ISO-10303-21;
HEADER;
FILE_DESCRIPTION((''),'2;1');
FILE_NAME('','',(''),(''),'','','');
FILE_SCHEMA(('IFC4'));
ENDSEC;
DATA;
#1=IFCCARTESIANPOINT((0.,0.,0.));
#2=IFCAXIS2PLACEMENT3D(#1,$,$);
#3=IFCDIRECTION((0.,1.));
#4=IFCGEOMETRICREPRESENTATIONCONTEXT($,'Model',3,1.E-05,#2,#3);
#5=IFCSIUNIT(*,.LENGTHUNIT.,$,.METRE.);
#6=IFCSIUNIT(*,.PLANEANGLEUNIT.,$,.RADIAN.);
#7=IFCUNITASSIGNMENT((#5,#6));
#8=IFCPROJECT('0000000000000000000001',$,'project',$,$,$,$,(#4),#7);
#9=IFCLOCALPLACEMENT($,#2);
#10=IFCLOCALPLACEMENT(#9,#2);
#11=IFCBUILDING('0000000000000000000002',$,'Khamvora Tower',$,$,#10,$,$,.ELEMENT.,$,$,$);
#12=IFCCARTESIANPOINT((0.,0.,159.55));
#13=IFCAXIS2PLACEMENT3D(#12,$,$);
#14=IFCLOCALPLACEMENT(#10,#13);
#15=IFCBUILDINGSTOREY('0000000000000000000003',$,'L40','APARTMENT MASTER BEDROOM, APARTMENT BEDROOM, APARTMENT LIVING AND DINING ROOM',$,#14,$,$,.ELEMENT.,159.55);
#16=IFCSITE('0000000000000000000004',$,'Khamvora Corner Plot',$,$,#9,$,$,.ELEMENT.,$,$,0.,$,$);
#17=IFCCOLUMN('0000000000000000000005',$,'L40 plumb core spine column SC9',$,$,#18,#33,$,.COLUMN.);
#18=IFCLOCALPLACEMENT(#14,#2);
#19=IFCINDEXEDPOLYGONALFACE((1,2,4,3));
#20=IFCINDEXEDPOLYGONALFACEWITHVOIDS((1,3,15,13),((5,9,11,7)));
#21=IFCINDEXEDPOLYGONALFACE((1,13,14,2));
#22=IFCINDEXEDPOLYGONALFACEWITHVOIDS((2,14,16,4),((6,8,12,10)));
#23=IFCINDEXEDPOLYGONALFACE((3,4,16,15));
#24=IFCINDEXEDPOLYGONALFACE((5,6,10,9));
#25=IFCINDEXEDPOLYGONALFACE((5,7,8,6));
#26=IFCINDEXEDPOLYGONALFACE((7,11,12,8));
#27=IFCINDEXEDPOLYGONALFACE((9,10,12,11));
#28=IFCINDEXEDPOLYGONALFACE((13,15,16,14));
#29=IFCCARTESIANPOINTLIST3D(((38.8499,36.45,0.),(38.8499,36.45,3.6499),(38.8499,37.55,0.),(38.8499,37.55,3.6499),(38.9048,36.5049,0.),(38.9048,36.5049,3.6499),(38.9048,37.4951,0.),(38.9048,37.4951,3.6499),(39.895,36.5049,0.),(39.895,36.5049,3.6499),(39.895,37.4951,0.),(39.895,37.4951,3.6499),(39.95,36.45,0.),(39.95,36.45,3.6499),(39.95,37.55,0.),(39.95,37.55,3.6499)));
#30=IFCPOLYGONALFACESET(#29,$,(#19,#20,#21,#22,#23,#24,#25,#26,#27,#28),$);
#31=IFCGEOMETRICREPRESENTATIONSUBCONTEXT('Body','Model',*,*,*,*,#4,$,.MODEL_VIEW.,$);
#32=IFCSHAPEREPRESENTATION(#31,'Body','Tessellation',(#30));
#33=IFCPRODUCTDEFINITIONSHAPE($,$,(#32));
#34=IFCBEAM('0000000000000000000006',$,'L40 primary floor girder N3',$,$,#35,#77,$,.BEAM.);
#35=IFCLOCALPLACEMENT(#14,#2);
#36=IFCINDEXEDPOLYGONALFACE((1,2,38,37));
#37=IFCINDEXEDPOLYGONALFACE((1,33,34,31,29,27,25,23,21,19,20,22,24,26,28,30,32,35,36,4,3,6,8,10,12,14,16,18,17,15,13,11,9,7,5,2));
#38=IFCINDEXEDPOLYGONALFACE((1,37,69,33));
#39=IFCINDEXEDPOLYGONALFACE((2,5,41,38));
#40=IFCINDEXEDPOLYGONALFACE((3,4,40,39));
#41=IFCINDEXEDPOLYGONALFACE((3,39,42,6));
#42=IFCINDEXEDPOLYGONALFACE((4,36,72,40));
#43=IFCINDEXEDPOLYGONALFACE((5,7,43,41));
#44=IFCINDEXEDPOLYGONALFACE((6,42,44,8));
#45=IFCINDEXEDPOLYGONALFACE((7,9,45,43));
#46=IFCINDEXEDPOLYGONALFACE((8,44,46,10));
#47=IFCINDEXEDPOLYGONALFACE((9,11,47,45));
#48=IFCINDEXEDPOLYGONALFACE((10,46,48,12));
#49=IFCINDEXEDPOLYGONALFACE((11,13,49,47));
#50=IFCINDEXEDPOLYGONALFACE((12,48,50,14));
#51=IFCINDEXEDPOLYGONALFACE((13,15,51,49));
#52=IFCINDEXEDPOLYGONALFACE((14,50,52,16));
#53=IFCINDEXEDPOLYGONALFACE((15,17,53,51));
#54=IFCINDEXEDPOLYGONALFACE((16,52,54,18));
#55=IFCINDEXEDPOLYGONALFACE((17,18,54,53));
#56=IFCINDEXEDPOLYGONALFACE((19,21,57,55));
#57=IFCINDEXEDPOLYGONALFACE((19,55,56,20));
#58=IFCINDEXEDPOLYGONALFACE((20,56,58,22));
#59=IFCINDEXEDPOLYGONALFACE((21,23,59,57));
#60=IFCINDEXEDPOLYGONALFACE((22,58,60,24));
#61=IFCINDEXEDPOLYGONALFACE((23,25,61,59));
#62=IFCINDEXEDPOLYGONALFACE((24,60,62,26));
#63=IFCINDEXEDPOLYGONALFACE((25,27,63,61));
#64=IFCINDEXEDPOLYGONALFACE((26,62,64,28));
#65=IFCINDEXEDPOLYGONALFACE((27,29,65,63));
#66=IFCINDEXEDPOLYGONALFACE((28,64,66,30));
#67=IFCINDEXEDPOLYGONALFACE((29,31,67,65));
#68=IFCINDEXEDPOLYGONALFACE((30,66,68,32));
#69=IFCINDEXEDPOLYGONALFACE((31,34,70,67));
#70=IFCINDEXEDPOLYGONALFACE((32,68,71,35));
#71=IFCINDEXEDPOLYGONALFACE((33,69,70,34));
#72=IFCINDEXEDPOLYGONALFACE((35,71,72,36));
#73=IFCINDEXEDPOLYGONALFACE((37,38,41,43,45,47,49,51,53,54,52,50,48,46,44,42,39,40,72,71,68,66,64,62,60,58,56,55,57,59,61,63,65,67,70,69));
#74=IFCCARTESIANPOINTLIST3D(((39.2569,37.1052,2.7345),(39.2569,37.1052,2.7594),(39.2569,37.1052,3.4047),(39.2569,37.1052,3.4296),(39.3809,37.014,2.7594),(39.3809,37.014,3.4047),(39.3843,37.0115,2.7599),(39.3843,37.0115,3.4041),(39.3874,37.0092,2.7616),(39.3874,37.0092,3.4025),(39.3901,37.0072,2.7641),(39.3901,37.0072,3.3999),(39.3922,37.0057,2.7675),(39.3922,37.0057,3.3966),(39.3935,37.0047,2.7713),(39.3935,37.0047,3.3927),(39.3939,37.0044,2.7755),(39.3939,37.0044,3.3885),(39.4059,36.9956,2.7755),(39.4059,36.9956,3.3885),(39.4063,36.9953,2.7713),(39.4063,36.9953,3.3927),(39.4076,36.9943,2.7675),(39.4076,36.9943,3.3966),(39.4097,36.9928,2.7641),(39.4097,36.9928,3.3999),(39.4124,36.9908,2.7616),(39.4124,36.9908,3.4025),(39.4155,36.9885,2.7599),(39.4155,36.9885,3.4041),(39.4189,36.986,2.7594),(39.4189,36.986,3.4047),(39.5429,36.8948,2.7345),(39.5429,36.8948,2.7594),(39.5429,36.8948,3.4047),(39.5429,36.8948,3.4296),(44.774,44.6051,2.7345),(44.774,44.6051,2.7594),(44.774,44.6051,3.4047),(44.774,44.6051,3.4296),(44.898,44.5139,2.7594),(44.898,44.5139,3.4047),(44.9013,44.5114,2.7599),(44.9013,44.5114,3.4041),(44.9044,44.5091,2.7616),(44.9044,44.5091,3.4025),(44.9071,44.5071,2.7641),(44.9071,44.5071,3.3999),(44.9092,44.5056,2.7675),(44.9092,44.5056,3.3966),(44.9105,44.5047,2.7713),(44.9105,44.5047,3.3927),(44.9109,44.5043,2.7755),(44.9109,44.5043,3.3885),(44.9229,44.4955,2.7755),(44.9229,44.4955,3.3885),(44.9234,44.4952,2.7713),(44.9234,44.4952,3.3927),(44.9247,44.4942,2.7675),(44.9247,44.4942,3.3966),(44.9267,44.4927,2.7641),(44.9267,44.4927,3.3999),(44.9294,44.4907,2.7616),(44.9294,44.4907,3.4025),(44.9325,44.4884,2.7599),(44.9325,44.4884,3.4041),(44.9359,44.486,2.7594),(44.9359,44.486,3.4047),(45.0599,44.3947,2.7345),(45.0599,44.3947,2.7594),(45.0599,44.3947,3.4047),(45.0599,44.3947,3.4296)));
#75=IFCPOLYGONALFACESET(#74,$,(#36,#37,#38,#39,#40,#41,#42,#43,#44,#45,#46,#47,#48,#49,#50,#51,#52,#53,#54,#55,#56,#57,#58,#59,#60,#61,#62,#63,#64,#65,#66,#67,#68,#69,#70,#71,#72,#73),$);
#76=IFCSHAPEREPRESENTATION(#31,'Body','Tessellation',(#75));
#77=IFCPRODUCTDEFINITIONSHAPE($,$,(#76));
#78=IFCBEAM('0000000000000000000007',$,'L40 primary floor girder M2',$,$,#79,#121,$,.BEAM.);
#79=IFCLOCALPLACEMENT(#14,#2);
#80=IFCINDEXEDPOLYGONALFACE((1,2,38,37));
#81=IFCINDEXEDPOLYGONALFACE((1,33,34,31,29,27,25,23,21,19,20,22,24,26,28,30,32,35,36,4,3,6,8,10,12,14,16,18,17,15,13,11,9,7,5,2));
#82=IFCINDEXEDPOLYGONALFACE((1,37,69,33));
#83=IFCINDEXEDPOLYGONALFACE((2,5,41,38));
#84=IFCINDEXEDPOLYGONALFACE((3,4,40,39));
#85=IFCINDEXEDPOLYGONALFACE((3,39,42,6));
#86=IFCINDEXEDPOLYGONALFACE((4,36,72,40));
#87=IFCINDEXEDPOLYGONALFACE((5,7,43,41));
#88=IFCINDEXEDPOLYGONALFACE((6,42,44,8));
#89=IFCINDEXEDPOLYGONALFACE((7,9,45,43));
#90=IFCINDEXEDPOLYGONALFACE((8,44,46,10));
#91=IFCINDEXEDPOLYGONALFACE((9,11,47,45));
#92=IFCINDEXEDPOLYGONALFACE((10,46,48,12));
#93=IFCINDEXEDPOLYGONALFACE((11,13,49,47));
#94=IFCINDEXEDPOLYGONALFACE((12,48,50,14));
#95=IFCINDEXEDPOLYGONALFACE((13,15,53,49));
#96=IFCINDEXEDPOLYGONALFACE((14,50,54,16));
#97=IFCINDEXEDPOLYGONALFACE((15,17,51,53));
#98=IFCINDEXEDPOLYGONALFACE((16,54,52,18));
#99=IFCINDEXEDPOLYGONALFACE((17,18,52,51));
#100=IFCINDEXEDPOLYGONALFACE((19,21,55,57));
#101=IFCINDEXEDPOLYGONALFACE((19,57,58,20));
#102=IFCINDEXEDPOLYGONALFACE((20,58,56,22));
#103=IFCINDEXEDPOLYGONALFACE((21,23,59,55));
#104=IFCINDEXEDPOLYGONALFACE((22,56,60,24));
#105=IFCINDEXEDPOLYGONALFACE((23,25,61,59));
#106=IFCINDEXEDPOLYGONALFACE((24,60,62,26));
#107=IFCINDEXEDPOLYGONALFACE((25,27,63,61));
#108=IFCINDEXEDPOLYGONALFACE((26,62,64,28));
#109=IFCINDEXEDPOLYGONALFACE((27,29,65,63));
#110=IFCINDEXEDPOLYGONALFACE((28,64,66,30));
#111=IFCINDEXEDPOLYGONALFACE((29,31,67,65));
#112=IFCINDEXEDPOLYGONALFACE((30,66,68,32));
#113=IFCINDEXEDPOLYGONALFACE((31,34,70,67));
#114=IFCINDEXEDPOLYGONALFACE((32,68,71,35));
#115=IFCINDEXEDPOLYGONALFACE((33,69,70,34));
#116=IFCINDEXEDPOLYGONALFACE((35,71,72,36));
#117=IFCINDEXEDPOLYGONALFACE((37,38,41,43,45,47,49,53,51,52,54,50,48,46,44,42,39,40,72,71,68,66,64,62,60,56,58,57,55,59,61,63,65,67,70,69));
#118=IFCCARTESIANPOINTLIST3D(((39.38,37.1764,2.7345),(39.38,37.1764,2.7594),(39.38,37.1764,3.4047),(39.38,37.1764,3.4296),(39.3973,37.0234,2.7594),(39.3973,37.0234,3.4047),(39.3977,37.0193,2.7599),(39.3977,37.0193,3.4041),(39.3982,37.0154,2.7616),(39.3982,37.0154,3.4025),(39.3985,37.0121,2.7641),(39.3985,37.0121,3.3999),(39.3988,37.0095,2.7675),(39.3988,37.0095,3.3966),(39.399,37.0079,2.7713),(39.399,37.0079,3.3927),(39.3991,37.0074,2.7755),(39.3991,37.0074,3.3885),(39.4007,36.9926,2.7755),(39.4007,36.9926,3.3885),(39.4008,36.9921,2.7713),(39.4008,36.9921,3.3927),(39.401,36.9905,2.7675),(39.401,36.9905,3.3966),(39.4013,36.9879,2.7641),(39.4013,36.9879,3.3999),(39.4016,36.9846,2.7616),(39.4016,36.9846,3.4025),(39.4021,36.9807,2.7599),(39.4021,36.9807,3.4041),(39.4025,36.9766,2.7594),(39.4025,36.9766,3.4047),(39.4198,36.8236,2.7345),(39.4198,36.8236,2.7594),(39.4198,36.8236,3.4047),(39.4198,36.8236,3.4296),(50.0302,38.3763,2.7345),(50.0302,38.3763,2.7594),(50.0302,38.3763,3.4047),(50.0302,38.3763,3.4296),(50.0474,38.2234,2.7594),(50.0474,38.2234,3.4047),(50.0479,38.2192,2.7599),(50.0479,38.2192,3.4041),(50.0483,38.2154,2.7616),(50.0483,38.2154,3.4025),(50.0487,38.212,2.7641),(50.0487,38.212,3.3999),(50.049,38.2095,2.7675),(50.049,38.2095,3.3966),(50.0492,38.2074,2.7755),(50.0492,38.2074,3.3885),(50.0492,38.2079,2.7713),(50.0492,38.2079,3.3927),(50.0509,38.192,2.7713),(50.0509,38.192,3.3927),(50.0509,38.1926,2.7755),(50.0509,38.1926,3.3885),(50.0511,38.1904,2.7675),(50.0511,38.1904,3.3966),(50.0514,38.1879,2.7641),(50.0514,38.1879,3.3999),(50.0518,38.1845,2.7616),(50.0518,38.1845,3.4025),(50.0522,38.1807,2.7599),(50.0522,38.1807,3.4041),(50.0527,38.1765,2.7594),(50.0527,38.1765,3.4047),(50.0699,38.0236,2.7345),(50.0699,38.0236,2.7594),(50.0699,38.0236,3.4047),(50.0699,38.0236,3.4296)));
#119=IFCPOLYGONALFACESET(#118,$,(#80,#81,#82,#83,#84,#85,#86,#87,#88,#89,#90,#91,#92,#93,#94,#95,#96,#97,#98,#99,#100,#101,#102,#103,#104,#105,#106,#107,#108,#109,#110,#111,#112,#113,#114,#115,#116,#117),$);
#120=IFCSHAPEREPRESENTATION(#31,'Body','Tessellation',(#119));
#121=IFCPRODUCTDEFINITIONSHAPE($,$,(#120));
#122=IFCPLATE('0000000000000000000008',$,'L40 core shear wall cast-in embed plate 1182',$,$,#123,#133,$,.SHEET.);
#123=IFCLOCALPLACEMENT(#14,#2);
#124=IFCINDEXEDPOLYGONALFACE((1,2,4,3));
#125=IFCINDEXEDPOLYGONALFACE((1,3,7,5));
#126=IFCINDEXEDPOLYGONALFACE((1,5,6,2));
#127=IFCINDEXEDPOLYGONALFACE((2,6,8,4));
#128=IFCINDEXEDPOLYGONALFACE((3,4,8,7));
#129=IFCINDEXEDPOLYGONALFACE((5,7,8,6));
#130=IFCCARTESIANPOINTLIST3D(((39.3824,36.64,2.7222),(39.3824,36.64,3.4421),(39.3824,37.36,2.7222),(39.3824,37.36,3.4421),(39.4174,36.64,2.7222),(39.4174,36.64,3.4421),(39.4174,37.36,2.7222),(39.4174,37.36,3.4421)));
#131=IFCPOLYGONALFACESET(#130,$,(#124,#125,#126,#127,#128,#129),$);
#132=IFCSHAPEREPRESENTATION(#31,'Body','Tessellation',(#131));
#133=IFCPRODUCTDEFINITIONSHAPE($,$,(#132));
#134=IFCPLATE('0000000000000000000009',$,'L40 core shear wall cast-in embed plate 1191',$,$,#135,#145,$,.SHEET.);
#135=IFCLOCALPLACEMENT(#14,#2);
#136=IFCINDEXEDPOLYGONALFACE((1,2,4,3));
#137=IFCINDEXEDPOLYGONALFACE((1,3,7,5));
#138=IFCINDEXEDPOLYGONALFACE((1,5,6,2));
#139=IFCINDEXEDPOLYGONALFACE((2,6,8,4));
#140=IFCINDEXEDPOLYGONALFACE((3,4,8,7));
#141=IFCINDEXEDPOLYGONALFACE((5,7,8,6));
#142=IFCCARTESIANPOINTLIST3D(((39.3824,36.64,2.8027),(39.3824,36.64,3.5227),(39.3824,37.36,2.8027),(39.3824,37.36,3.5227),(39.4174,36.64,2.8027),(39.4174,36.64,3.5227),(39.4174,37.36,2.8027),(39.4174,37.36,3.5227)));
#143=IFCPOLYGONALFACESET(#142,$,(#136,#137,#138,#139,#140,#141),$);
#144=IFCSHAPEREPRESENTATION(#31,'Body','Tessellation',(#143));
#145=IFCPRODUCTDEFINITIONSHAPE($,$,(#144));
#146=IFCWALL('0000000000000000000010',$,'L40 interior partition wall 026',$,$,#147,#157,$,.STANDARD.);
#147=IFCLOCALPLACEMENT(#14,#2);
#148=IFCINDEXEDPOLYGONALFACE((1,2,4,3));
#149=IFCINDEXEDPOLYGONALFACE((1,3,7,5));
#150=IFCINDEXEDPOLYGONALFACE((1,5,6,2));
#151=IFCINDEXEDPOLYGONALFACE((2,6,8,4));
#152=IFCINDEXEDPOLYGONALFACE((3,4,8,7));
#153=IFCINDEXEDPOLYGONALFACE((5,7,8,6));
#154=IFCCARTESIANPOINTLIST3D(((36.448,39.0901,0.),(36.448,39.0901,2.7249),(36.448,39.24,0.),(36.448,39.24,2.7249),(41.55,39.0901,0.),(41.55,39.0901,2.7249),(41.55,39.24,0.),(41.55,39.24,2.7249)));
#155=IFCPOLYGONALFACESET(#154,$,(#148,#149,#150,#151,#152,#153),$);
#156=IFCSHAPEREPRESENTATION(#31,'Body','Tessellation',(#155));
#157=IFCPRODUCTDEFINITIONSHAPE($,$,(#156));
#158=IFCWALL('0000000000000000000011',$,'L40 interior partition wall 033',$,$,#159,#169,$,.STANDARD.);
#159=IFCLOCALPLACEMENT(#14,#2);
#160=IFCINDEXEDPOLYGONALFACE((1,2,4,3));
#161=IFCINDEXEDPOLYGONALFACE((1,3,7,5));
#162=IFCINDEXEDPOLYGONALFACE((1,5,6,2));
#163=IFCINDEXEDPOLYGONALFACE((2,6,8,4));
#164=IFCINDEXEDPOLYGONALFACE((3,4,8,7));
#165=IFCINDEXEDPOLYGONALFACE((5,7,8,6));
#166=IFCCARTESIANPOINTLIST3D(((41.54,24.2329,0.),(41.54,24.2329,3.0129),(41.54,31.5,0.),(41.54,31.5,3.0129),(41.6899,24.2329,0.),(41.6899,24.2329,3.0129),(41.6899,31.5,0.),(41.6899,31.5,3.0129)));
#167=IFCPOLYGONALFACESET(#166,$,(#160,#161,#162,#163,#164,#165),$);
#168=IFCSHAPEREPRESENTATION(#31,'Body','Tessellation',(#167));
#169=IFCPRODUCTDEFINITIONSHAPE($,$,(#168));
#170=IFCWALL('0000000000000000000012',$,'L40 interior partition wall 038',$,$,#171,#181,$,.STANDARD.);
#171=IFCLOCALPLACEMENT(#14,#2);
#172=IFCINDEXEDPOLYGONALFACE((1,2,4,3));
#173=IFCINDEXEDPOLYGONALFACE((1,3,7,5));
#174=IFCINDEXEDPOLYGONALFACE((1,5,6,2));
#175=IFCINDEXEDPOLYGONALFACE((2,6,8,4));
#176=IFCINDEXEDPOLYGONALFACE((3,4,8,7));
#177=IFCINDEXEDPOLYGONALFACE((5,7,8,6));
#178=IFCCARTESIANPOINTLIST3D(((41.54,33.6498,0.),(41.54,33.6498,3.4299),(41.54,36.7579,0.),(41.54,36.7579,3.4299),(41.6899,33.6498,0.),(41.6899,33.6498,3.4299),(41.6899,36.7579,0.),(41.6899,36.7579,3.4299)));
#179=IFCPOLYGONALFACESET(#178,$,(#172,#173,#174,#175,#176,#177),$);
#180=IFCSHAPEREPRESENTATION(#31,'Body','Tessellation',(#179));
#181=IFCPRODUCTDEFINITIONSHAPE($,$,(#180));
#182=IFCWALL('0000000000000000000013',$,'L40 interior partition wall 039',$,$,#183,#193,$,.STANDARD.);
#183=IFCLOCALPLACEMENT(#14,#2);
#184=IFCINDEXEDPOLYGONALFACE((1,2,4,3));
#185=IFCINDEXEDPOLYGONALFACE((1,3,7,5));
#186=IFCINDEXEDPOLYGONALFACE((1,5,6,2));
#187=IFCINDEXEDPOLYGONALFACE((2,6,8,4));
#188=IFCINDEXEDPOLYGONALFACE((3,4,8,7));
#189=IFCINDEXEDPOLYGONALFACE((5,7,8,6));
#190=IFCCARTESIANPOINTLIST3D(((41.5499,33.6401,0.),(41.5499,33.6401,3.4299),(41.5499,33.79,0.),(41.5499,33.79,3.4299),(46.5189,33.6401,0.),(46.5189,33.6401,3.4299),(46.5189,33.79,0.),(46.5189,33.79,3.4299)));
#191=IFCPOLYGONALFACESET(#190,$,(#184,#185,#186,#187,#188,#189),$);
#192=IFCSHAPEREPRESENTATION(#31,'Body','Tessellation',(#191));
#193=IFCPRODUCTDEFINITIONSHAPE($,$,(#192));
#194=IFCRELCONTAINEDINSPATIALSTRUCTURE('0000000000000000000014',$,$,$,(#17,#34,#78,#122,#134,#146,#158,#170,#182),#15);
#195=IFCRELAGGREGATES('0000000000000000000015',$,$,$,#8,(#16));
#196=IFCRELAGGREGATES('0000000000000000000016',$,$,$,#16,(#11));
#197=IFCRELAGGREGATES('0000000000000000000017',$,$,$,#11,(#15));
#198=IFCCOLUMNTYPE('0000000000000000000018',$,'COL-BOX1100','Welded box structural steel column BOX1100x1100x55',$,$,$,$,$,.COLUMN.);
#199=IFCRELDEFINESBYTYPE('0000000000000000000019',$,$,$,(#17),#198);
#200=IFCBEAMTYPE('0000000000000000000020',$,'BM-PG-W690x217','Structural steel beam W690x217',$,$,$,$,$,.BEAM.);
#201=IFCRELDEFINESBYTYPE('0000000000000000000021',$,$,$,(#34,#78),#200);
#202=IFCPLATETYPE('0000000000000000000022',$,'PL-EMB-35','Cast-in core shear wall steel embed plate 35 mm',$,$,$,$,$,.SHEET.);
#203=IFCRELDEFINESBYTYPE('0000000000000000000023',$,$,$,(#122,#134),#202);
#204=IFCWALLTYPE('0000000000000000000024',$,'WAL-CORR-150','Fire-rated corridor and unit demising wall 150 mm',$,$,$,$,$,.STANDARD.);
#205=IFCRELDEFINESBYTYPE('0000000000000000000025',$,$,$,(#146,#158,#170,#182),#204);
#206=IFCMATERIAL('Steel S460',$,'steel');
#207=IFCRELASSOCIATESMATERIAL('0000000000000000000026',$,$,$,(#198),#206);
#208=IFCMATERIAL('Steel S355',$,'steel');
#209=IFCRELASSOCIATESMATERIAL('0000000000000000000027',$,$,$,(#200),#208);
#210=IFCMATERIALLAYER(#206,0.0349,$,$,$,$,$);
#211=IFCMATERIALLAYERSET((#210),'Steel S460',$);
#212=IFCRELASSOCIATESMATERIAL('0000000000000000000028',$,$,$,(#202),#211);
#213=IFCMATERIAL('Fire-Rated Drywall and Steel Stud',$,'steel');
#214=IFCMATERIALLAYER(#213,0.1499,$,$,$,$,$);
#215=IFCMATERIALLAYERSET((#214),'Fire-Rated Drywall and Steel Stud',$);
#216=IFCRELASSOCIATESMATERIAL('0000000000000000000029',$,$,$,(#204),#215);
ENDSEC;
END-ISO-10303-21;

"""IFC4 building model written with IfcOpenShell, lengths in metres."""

from ifc_helpers import new_model, si_unit, direction, frame, frame_2d, origin, origin_2d, place, context, subcontext, project, spatial, rectangle, hollow_rectangle, i_section, extrude, material, layer, layer_set, material_profile, profile_set, type_object, element, save


model = new_model("IFC4")

# Units and contexts
model_context = context("Model", 3, precision=1e-05, world=origin(), true_north=direction((0.0, 1.0)))
body_context = subcontext(model_context, "Body", "Model", "MODEL_VIEW")
ifc_project = project(units=[si_unit("LENGTHUNIT", "METRE"), si_unit("PLANEANGLEUNIT", "RADIAN")], contexts=[model_context])

# Site, building, storey
site_placement = place(None, origin())
site = spatial("IfcSite", under=ifc_project, at=site_placement, Name="Khamvora Corner Plot", CompositionType="ELEMENT", RefElevation=0.0)
building_placement = place(site_placement, origin())
building = spatial("IfcBuilding", under=site, at=building_placement, Name="Khamvora Tower", CompositionType="ELEMENT")
storey_placement = place(building_placement, frame((0.0, 0.0, 159.55)))
storey = spatial("IfcBuildingStorey", under=building, at=storey_placement, Name="L40", Description="APARTMENT MASTER BEDROOM, APARTMENT BEDROOM, APARTMENT LIVING AND DINING ROOM", CompositionType="ELEMENT", Elevation=159.55)

# Column
ifc_material_1 = material(Name="Steel S460", Category="steel")
ifc_material_profile_1 = material_profile(ifc_material_1, hollow_rectangle(XDim=1.1001, YDim=1.1001, WallThickness=0.0549, at=origin_2d()), Name="BOX1100x1100x55")
ifc_profile_set_1 = profile_set([ifc_material_profile_1], Name="Steel S460")
column_type = type_object("IfcColumnType", Name="COL-BOX1100", Description="Welded box structural steel column BOX1100x1100x55", PredefinedType="COLUMN", material=ifc_profile_set_1)
column_placement = place(storey_placement, frame((39.3999, 37.0, 0.0), z_axis=(0.0, 0.0, 1.0), x_axis=(1.0, 0.0, 0.0)))
element("IfcColumn", 1, at=column_placement, inside=storey, type_object=column_type, Name="L40 plumb core spine column SC9", PredefinedType="COLUMN", context=body_context, shape_type="SweptSolid", body=[
    extrude(hollow_rectangle(XDim=1.1001, YDim=1.1001, WallThickness=0.0549, at=origin_2d()), origin(), (0.0, 0.0, 1.0), 3.6499),
])

# Beams
ifc_material_2 = material(Name="Steel S355", Category="steel")
ifc_material_profile_2 = material_profile(ifc_material_2, i_section(OverallWidth=0.355, OverallDepth=0.6951, WebThickness=0.0149, FlangeThickness=0.0249, FilletRadius=0.0161, at=origin_2d()), Name="W690x217")
ifc_profile_set_2 = profile_set([ifc_material_profile_2], Name="Steel S355")
beam_type = type_object("IfcBeamType", Name="BM-PG-W690x217", Description="Structural steel beam W690x217", PredefinedType="BEAM", material=ifc_profile_set_2)
beam_1_placement = place(storey_placement, frame((39.3999, 37.0, 3.082), z_axis=(0.592557, 0.805529, 0.0), x_axis=(-0.805529, 0.592557, 0.0)))
element("IfcBeam", 2, at=beam_1_placement, inside=storey, type_object=beam_type, Name="L40 primary floor girder N3", PredefinedType="BEAM", context=body_context, shape_type="SweptSolid", body=[
    extrude(i_section(OverallWidth=0.355, OverallDepth=0.6951, WebThickness=0.0149, FlangeThickness=0.0249, FilletRadius=0.0161, at=origin_2d()), origin(), (0.0, 0.0, 1.0), 9.3105),
])
beam_2_placement = place(storey_placement, frame((39.3999, 37.0, 3.082), z_axis=(0.993713, 0.111962, 0.0), x_axis=(-0.111962, 0.993713, 0.0)))
element("IfcBeam", 3, at=beam_2_placement, inside=storey, type_object=beam_type, Name="L40 primary floor girder M2", PredefinedType="BEAM", context=body_context, shape_type="SweptSolid", body=[
    extrude(i_section(OverallWidth=0.355, OverallDepth=0.6951, WebThickness=0.0149, FlangeThickness=0.0249, FilletRadius=0.0161, at=origin_2d()), origin(), (0.0, 0.0, 1.0), 10.7175),
])

# Plates
ifc_layer_1 = layer(ifc_material_1, 0.0349)
ifc_layer_set_1 = layer_set([ifc_layer_1], Name="Steel S460")
plate_type = type_object("IfcPlateType", Name="PL-EMB-35", Description="Cast-in core shear wall steel embed plate 35 mm", PredefinedType="SHEET", material=ifc_layer_set_1)
for number, where, z_axis, x_axis, name in (
    (4, (39.3999, 37.0, 2.7222), (0.0, 0.0, 1.0), (1.0, 0.0, 0.0), "L40 core shear wall cast-in embed plate 1182"),
    (5, (39.3999, 37.0, 2.8027), (0.0, 0.0, 1.0), (1.0, 0.0, 0.0), "L40 core shear wall cast-in embed plate 1191"),
):
    element("IfcPlate", number, at=place(storey_placement, frame(where, z_axis=z_axis, x_axis=x_axis)), inside=storey, type_object=plate_type, Name=name, PredefinedType="SHEET", context=body_context, shape_type="SweptSolid", body=[
        extrude(rectangle(XDim=0.0349, YDim=0.72, at=origin_2d()), origin(), (0.0, 0.0, 1.0), 0.72),
    ])

# Walls
ifc_material_3 = material(Name="Fire-Rated Drywall and Steel Stud", Category="steel")
ifc_layer_2 = layer(ifc_material_3, 0.1499)
ifc_layer_set_2 = layer_set([ifc_layer_2], Name="Fire-Rated Drywall and Steel Stud")
wall_type_1 = type_object("IfcWallType", Name="WAL-CORR-150", Description="Fire-rated corridor and unit demising wall 150 mm", PredefinedType="STANDARD", material=ifc_layer_set_2)
wall_1_placement = place(storey_placement, frame((36.448, 39.165, 0.0), z_axis=(0.0, 0.0, 1.0), x_axis=(1.0, 0.0, 0.0)))
element("IfcWall", 6, at=wall_1_placement, inside=storey, type_object=wall_type_1, Name="L40 interior partition wall 026", PredefinedType="STANDARD", context=body_context, shape_type="SweptSolid", body=[
    extrude(rectangle(XDim=5.1021, YDim=0.1499, at=frame_2d((2.551, 0.0))), origin(), (0.0, 0.0, 1.0), 2.7249),
])
wall_2_placement = place(storey_placement, frame((41.615, 31.5, 0.0), z_axis=(0.0, 0.0, 1.0), x_axis=(0.0, -1.0, 0.0)))
element("IfcWall", 7, at=wall_2_placement, inside=storey, type_object=wall_type_1, Name="L40 interior partition wall 033", PredefinedType="STANDARD", context=body_context, shape_type="SweptSolid", body=[
    extrude(rectangle(XDim=7.2671, YDim=0.1499, at=frame_2d((3.6335, 0.0))), origin(), (0.0, 0.0, 1.0), 3.0129),
])
wall_3_placement = place(storey_placement, frame((41.615, 36.7581, 0.0), z_axis=(0.0, 0.0, 1.0), x_axis=(0.0, -1.0, 0.0)))
element("IfcWall", 8, at=wall_3_placement, inside=storey, type_object=wall_type_1, Name="L40 interior partition wall 038", PredefinedType="STANDARD", context=body_context, shape_type="SweptSolid", body=[
    extrude(rectangle(XDim=3.1082, YDim=0.1499, at=frame_2d((1.5542, 0.0))), origin(), (0.0, 0.0, 1.0), 3.4299),
])
wall_4_placement = place(storey_placement, frame((41.55, 33.7151, 0.0), z_axis=(0.0, 0.0, 1.0), x_axis=(1.0, 0.0, 0.0)))
element("IfcWall", 9, at=wall_4_placement, inside=storey, type_object=wall_type_1, Name="L40 interior partition wall 039", PredefinedType="STANDARD", context=body_context, shape_type="SweptSolid", body=[
    extrude(rectangle(XDim=4.969, YDim=0.1499, at=frame_2d((2.4844, 0.0))), origin(), (0.0, 0.0, 1.0), 3.4299),
])

save(model, "model.ifc")
